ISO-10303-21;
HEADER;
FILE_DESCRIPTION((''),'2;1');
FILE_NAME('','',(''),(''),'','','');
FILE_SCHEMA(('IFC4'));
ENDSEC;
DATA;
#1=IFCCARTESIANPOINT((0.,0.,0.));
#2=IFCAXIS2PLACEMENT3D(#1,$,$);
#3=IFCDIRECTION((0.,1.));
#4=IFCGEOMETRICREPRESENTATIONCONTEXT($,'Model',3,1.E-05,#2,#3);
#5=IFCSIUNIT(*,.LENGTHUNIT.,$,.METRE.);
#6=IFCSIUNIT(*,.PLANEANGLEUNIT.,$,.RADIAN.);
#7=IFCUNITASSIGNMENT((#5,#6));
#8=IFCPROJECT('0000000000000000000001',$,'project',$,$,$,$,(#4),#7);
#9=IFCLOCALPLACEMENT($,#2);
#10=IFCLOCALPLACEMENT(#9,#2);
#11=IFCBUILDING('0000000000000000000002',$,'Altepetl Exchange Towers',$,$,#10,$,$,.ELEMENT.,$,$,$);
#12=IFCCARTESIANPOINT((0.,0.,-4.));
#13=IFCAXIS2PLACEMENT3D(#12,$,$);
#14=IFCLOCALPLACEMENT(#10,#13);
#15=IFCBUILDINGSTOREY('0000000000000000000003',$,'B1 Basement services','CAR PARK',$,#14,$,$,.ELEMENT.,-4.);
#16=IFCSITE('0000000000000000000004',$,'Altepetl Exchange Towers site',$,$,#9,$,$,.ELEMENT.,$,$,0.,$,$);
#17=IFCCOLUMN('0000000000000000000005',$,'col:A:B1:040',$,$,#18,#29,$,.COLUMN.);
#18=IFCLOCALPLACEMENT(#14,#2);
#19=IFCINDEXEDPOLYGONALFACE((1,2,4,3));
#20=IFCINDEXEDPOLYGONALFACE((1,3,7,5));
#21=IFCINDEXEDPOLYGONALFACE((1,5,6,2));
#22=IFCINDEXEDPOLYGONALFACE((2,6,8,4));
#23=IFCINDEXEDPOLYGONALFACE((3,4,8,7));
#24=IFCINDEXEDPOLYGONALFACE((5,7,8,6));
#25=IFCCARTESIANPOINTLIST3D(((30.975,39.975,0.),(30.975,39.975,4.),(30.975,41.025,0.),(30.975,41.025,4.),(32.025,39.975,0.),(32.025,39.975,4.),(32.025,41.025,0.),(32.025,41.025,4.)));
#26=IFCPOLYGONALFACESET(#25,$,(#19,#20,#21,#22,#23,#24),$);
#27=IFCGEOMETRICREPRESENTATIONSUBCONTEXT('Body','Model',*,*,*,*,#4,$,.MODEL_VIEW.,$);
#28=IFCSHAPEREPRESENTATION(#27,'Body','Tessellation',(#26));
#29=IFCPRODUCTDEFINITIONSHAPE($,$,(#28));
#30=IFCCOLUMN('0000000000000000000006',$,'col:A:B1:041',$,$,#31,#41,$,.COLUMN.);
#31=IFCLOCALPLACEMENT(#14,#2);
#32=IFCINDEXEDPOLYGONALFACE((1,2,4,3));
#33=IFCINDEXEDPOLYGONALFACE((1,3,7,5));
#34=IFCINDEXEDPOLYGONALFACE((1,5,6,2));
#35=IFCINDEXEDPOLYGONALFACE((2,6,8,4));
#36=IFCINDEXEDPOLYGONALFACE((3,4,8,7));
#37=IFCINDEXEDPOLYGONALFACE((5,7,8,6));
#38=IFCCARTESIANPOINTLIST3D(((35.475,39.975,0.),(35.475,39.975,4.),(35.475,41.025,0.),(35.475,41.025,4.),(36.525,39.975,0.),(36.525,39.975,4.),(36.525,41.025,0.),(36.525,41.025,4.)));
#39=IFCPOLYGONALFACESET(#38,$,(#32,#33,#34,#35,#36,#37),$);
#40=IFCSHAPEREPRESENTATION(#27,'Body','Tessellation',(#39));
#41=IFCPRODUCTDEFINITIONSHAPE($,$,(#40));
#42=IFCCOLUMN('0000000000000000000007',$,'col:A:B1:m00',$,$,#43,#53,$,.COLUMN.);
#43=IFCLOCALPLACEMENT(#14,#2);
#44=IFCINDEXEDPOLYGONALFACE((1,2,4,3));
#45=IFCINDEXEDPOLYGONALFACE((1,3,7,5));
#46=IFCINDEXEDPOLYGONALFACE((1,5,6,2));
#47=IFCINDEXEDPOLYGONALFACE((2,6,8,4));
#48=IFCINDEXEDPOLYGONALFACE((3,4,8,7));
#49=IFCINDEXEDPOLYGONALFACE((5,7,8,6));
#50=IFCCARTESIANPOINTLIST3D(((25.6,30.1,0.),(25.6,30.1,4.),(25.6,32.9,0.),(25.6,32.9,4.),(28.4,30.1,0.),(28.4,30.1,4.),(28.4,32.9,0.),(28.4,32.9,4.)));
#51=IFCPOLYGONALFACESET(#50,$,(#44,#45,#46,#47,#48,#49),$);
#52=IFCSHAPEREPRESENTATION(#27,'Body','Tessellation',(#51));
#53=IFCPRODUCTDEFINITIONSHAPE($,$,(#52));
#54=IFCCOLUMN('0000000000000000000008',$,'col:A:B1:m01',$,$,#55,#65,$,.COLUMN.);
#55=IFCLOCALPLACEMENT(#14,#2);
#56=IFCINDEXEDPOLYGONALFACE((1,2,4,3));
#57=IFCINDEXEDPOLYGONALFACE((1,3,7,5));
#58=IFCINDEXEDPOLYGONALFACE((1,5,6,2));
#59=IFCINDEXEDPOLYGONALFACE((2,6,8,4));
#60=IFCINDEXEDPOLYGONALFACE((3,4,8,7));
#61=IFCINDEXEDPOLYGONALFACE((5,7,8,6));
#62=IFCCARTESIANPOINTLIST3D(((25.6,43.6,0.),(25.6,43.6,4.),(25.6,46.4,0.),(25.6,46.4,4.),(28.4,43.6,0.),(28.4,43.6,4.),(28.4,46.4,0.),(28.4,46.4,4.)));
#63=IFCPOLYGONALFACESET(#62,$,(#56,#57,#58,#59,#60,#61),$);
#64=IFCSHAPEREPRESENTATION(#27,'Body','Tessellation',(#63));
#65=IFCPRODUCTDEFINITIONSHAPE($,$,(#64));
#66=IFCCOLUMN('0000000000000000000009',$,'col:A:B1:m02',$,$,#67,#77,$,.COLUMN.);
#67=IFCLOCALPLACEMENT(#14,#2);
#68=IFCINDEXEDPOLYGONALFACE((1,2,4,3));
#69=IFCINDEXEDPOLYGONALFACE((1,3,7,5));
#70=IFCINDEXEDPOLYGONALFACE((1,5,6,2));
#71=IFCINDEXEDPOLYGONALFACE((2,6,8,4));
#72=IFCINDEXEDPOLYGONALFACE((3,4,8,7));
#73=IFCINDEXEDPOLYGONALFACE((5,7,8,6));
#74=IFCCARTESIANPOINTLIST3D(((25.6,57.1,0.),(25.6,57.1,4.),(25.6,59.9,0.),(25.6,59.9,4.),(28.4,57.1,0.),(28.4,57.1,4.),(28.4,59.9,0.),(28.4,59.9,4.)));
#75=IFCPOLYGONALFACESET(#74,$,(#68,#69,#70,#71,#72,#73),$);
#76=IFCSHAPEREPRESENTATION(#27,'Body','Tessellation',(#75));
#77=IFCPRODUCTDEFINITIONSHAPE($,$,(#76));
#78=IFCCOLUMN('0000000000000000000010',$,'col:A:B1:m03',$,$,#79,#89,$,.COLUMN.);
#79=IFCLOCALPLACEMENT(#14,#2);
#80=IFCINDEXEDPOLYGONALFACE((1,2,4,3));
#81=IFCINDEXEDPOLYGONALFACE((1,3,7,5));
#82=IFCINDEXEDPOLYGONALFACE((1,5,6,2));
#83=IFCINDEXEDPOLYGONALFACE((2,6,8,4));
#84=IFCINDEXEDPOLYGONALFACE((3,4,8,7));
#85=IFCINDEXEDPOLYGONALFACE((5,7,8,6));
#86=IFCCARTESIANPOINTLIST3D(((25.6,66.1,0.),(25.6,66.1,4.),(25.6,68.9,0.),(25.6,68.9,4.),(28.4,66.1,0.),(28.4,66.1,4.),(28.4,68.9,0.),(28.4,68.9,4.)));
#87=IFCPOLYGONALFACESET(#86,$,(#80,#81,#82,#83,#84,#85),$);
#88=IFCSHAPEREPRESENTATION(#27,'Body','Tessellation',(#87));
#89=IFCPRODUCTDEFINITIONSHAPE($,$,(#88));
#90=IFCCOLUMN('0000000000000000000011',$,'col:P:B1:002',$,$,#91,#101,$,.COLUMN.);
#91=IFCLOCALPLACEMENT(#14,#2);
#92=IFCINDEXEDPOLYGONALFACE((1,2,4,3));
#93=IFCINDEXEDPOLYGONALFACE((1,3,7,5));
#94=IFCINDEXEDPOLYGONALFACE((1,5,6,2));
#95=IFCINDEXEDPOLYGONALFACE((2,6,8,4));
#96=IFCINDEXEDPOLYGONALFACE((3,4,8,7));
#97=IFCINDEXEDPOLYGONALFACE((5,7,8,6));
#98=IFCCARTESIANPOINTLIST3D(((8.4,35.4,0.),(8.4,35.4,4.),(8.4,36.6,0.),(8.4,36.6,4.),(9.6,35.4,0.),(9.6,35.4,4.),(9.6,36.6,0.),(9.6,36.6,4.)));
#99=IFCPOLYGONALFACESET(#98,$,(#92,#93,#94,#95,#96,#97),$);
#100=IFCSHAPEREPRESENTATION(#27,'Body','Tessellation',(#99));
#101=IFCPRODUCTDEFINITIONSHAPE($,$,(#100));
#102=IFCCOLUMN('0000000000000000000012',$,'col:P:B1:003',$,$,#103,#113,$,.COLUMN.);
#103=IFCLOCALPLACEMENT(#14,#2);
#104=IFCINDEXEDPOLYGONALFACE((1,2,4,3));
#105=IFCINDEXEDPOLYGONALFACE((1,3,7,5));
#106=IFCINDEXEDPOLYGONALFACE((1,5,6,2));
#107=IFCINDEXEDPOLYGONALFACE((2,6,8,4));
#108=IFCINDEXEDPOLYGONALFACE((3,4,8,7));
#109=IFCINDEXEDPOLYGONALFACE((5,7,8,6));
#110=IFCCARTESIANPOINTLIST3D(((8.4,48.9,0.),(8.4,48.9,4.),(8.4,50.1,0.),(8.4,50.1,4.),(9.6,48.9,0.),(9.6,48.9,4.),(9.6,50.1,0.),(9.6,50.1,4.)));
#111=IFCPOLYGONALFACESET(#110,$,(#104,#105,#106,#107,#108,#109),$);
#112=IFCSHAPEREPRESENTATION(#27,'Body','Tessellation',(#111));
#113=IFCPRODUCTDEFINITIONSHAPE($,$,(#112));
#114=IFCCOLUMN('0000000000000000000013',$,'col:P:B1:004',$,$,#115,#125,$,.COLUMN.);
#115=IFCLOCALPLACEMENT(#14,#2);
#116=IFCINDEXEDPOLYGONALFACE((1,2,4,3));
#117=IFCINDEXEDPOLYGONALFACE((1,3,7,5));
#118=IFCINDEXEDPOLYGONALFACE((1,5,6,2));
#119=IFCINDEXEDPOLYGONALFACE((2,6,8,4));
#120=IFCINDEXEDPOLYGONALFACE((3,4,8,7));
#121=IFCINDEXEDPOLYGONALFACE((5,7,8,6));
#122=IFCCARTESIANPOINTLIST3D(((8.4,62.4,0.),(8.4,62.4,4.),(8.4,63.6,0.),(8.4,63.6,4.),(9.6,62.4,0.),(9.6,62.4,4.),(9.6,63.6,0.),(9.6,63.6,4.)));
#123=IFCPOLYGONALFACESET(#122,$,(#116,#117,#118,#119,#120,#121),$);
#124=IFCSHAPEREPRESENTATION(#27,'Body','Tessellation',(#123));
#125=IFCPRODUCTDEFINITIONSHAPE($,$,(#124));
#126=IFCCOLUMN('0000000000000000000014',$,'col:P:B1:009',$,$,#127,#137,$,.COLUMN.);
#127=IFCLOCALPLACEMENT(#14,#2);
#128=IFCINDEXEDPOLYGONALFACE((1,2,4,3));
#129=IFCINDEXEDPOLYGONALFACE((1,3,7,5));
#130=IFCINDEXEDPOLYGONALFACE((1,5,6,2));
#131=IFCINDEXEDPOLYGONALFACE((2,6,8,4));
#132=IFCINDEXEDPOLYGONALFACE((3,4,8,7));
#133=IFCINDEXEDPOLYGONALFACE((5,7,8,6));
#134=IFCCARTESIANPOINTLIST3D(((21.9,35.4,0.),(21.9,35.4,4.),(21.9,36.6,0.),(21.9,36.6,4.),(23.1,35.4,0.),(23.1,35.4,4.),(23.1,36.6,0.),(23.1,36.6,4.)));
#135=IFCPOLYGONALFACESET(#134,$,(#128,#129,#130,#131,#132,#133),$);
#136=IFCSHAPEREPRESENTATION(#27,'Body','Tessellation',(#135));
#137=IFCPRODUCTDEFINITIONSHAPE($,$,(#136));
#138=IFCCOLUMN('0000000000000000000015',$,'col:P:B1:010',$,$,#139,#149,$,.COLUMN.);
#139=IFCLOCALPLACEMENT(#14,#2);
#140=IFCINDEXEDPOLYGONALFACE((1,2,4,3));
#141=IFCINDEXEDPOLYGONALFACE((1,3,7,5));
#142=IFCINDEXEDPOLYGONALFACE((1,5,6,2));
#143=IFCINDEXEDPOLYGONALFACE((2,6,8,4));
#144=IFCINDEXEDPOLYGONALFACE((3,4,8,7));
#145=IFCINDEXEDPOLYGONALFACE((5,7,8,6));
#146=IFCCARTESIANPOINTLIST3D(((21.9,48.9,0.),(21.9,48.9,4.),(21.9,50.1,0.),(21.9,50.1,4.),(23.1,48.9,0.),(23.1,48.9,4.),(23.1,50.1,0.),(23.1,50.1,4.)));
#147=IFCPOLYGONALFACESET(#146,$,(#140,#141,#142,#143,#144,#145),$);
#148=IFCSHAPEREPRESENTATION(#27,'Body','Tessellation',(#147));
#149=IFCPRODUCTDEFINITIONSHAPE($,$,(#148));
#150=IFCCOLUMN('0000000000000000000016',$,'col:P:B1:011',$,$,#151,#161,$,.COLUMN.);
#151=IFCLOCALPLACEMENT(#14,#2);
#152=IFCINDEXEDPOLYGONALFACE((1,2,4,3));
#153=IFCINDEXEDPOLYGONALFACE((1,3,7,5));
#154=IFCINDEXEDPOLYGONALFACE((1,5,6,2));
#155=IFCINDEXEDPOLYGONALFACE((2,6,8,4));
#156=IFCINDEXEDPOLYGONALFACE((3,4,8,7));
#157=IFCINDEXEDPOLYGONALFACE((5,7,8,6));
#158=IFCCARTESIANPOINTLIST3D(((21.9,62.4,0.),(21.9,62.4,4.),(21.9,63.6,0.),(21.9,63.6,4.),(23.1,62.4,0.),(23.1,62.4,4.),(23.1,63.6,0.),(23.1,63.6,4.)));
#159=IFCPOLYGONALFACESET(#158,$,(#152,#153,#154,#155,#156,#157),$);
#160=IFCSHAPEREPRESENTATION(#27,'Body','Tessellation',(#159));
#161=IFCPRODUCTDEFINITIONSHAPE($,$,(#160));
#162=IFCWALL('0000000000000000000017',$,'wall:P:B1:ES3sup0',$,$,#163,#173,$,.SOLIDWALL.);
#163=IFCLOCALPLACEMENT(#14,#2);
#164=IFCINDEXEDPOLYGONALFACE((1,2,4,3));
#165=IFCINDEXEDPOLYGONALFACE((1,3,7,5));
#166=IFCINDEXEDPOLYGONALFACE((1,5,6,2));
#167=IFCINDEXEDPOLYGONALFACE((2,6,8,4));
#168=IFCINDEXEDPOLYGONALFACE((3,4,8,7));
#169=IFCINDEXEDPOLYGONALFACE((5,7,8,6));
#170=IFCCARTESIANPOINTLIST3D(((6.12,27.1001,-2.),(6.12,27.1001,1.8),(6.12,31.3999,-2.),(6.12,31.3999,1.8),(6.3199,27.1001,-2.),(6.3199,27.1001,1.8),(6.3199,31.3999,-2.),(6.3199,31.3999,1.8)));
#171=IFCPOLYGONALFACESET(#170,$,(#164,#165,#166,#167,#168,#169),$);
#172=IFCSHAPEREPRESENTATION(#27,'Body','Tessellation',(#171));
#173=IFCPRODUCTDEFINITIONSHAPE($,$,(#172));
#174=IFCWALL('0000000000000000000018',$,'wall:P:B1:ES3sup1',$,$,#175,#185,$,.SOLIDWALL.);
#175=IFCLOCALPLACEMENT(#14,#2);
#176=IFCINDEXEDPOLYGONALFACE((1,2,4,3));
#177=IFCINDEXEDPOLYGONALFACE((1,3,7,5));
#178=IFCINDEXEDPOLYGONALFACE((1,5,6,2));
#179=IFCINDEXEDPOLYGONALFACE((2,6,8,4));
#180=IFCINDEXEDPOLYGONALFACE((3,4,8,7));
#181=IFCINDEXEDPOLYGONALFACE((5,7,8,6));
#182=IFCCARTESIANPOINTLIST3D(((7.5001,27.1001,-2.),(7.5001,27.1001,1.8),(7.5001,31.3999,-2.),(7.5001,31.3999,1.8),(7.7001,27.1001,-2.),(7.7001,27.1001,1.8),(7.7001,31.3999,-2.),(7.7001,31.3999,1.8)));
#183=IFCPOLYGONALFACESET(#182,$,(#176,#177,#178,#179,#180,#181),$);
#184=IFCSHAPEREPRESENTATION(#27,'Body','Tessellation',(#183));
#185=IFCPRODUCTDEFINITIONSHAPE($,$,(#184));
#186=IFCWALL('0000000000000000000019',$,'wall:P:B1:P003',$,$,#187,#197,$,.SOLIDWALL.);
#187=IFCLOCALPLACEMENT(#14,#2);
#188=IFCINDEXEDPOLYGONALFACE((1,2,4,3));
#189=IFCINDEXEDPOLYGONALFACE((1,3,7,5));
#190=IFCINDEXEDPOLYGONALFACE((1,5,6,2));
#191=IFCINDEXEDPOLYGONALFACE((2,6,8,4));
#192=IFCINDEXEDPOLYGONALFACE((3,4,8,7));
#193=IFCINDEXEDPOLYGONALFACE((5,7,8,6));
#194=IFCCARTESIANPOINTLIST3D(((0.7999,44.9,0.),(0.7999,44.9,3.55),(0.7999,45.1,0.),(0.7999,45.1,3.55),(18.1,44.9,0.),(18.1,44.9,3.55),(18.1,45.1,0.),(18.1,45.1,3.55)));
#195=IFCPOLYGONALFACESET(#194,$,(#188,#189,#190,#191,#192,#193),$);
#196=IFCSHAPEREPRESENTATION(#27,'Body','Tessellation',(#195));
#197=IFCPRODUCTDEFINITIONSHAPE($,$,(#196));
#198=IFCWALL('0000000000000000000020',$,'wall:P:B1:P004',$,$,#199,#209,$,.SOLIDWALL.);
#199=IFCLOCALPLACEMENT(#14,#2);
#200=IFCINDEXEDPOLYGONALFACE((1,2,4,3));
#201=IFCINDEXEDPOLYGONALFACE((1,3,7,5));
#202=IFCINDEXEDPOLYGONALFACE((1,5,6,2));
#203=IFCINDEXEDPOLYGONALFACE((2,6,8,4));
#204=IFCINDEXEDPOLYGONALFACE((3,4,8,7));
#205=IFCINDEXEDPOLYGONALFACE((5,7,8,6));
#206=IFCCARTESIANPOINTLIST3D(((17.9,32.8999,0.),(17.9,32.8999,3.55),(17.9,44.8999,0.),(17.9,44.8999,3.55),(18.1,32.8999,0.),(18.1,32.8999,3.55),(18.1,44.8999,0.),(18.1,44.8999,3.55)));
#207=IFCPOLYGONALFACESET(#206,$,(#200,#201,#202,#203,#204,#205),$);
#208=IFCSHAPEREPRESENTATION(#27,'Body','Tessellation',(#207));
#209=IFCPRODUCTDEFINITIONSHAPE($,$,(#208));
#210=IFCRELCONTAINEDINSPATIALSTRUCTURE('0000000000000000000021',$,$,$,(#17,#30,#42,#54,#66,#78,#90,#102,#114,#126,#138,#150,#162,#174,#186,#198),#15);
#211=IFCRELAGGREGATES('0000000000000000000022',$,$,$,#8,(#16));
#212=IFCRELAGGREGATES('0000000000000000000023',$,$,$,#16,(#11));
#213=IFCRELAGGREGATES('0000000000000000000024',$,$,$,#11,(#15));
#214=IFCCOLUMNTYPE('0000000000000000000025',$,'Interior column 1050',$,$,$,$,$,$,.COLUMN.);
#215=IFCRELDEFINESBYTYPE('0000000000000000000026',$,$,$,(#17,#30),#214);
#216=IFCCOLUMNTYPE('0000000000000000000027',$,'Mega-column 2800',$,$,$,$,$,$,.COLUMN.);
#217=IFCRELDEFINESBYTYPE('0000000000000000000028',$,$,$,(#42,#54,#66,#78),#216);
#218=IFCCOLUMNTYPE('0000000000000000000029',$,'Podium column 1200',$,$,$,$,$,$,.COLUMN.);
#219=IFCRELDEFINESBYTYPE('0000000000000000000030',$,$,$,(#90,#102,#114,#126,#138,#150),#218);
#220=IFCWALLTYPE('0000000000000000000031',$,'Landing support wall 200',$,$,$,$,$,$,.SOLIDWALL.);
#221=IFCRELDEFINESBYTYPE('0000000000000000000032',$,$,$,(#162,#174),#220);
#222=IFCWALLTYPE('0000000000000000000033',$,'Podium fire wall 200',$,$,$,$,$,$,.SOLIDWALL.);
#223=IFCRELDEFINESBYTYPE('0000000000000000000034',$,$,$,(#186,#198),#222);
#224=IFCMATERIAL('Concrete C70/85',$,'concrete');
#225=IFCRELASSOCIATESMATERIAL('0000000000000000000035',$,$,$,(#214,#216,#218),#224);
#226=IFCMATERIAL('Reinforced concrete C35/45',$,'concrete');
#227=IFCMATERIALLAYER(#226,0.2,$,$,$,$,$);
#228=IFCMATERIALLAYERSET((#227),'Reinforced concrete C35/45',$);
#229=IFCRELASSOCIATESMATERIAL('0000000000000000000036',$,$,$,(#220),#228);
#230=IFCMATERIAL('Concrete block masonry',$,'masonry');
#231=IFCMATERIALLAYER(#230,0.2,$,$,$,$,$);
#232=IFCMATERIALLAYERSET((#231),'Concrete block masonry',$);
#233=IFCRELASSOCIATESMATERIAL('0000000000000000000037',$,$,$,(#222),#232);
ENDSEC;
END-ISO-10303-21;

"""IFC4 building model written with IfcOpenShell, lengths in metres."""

from ifc_helpers import new_model, si_unit, direction, frame, frame_2d, origin, origin_2d, place, context, subcontext, project, spatial, rectangle, extrude, material, layer, layer_set, material_profile, profile_set, type_object, element, save


model = new_model("IFC4")

# Units and contexts
model_context = context("Model", 3, precision=1e-05, world=origin(), true_north=direction((0.0, 1.0)))
body_context = subcontext(model_context, "Body", "Model", "MODEL_VIEW")
ifc_project = project(units=[si_unit("LENGTHUNIT", "METRE"), si_unit("PLANEANGLEUNIT", "RADIAN")], contexts=[model_context])

# Site, building, storey
site_placement = place(None, origin())
site = spatial("IfcSite", under=ifc_project, at=site_placement, Name="Altepetl Exchange Towers site", CompositionType="ELEMENT", RefElevation=0.0)
building_placement = place(site_placement, origin())
building = spatial("IfcBuilding", under=site, at=building_placement, Name="Altepetl Exchange Towers", CompositionType="ELEMENT")
storey_placement = place(building_placement, frame((0.0, 0.0, -4.0)))
storey = spatial("IfcBuildingStorey", under=building, at=storey_placement, Name="B1 Basement services", Description="CAR PARK", CompositionType="ELEMENT", Elevation=-4.0)

# Columns
ifc_material_1 = material(Name="Concrete C70/85", Category="concrete")
ifc_material_profile_1 = material_profile(ifc_material_1, rectangle(XDim=1.05, YDim=1.05, at=origin_2d()), Name="1050 x 1050")
ifc_profile_set_1 = profile_set([ifc_material_profile_1], Name="Concrete C70/85")
column_type_1 = type_object("IfcColumnType", Name="Interior column 1050", PredefinedType="COLUMN", material=ifc_profile_set_1)
for number, where, name in (
    (1, (31.5, 40.5, 0.0), "col:A:B1:040"),
    (2, (36.0, 40.5, 0.0), "col:A:B1:041"),
):
    element("IfcColumn", number, at=place(storey_placement, frame(where)), inside=storey, type_object=column_type_1, Name=name, PredefinedType="COLUMN", context=body_context, shape_type="SweptSolid", body=[
        extrude(rectangle(XDim=1.05, YDim=1.05, at=origin_2d()), origin(), (0.0, 0.0, 1.0), 4.0),
    ])
ifc_material_profile_2 = material_profile(ifc_material_1, rectangle(XDim=2.8, YDim=2.8, at=origin_2d()), Name="2800 x 2800")
ifc_profile_set_2 = profile_set([ifc_material_profile_2], Name="Concrete C70/85")
column_type_2 = type_object("IfcColumnType", Name="Mega-column 2800", PredefinedType="COLUMN", material=ifc_profile_set_2)
for number, where, name in (
    (3, (27.0, 31.5, 0.0), "col:A:B1:m00"),
    (4, (27.0, 45.0, 0.0), "col:A:B1:m01"),
    (5, (27.0, 58.5, 0.0), "col:A:B1:m02"),
    (6, (27.0, 67.5, 0.0), "col:A:B1:m03"),
):
    element("IfcColumn", number, at=place(storey_placement, frame(where)), inside=storey, type_object=column_type_2, Name=name, PredefinedType="COLUMN", context=body_context, shape_type="SweptSolid", body=[
        extrude(rectangle(XDim=2.8, YDim=2.8, at=origin_2d()), origin(), (0.0, 0.0, 1.0), 4.0),
    ])
ifc_material_profile_3 = material_profile(ifc_material_1, rectangle(XDim=1.2, YDim=1.2, at=origin_2d()), Name="1200 x 1200")
ifc_profile_set_3 = profile_set([ifc_material_profile_3], Name="Concrete C70/85")
column_type_3 = type_object("IfcColumnType", Name="Podium column 1200", PredefinedType="COLUMN", material=ifc_profile_set_3)
for number, where, name in (
    (7, (9.0, 36.0, 0.0), "col:P:B1:002"),
    (8, (9.0, 49.5, 0.0), "col:P:B1:003"),
    (9, (9.0, 63.0, 0.0), "col:P:B1:004"),
    (10, (22.5, 36.0, 0.0), "col:P:B1:009"),
    (11, (22.5, 49.5, 0.0), "col:P:B1:010"),
    (12, (22.5, 63.0, 0.0), "col:P:B1:011"),
):
    element("IfcColumn", number, at=place(storey_placement, frame(where)), inside=storey, type_object=column_type_3, Name=name, PredefinedType="COLUMN", context=body_context, shape_type="SweptSolid", body=[
        extrude(rectangle(XDim=1.2, YDim=1.2, at=origin_2d()), origin(), (0.0, 0.0, 1.0), 4.0),
    ])

# Walls
ifc_material_2 = material(Name="Reinforced concrete C35/45", Category="concrete")
ifc_layer_1 = layer(ifc_material_2, 0.2)
ifc_layer_set_1 = layer_set([ifc_layer_1], Name="Reinforced concrete C35/45")
wall_type_1 = type_object("IfcWallType", Name="Landing support wall 200", PredefinedType="SOLIDWALL", material=ifc_layer_set_1)
for number, where, z_axis, x_axis, name in (
    (13, (6.22, 31.3999, -2.0), (0.0, 0.0, 1.0), (0.0, -1.0, 0.0), "wall:P:B1:ES3sup0"),
    (14, (7.6001, 31.3999, -2.0), (0.0, 0.0, 1.0), (0.0, -1.0, 0.0), "wall:P:B1:ES3sup1"),
):
    element("IfcWall", number, at=place(storey_placement, frame(where, z_axis=z_axis, x_axis=x_axis)), inside=storey, type_object=wall_type_1, Name=name, PredefinedType="SOLIDWALL", context=body_context, shape_type="SweptSolid", body=[
        extrude(rectangle(XDim=4.2998, YDim=0.2, at=frame_2d((2.1499, 0.0))), origin(), (0.0, 0.0, 1.0), 3.8),
    ])
ifc_material_3 = material(Name="Concrete block masonry", Category="masonry")
ifc_layer_2 = layer(ifc_material_3, 0.2)
ifc_layer_set_2 = layer_set([ifc_layer_2], Name="Concrete block masonry")
wall_type_2 = type_object("IfcWallType", Name="Podium fire wall 200", PredefinedType="SOLIDWALL", material=ifc_layer_set_2)
wall_1_placement = place(storey_placement, frame((0.8, 45.0, 0.0)))
element("IfcWall", 15, at=wall_1_placement, inside=storey, type_object=wall_type_2, Name="wall:P:B1:P003", PredefinedType="SOLIDWALL", context=body_context, shape_type="SweptSolid", body=[
    extrude(rectangle(XDim=17.3, YDim=0.2, at=frame_2d((8.6499, 0.0))), origin(), (0.0, 0.0, 1.0), 3.55),
])
wall_2_placement = place(storey_placement, frame((18.0, 32.8999, 0.0), z_axis=(0.0, 0.0, 1.0), x_axis=(0.0, 1.0, 0.0)))
element("IfcWall", 16, at=wall_2_placement, inside=storey, type_object=wall_type_2, Name="wall:P:B1:P004", PredefinedType="SOLIDWALL", context=body_context, shape_type="SweptSolid", body=[
    extrude(rectangle(XDim=12.0, YDim=0.2, at=frame_2d((6.0, 0.0))), origin(), (0.0, 0.0, 1.0), 3.55),
])

save(model, "model.ifc")
